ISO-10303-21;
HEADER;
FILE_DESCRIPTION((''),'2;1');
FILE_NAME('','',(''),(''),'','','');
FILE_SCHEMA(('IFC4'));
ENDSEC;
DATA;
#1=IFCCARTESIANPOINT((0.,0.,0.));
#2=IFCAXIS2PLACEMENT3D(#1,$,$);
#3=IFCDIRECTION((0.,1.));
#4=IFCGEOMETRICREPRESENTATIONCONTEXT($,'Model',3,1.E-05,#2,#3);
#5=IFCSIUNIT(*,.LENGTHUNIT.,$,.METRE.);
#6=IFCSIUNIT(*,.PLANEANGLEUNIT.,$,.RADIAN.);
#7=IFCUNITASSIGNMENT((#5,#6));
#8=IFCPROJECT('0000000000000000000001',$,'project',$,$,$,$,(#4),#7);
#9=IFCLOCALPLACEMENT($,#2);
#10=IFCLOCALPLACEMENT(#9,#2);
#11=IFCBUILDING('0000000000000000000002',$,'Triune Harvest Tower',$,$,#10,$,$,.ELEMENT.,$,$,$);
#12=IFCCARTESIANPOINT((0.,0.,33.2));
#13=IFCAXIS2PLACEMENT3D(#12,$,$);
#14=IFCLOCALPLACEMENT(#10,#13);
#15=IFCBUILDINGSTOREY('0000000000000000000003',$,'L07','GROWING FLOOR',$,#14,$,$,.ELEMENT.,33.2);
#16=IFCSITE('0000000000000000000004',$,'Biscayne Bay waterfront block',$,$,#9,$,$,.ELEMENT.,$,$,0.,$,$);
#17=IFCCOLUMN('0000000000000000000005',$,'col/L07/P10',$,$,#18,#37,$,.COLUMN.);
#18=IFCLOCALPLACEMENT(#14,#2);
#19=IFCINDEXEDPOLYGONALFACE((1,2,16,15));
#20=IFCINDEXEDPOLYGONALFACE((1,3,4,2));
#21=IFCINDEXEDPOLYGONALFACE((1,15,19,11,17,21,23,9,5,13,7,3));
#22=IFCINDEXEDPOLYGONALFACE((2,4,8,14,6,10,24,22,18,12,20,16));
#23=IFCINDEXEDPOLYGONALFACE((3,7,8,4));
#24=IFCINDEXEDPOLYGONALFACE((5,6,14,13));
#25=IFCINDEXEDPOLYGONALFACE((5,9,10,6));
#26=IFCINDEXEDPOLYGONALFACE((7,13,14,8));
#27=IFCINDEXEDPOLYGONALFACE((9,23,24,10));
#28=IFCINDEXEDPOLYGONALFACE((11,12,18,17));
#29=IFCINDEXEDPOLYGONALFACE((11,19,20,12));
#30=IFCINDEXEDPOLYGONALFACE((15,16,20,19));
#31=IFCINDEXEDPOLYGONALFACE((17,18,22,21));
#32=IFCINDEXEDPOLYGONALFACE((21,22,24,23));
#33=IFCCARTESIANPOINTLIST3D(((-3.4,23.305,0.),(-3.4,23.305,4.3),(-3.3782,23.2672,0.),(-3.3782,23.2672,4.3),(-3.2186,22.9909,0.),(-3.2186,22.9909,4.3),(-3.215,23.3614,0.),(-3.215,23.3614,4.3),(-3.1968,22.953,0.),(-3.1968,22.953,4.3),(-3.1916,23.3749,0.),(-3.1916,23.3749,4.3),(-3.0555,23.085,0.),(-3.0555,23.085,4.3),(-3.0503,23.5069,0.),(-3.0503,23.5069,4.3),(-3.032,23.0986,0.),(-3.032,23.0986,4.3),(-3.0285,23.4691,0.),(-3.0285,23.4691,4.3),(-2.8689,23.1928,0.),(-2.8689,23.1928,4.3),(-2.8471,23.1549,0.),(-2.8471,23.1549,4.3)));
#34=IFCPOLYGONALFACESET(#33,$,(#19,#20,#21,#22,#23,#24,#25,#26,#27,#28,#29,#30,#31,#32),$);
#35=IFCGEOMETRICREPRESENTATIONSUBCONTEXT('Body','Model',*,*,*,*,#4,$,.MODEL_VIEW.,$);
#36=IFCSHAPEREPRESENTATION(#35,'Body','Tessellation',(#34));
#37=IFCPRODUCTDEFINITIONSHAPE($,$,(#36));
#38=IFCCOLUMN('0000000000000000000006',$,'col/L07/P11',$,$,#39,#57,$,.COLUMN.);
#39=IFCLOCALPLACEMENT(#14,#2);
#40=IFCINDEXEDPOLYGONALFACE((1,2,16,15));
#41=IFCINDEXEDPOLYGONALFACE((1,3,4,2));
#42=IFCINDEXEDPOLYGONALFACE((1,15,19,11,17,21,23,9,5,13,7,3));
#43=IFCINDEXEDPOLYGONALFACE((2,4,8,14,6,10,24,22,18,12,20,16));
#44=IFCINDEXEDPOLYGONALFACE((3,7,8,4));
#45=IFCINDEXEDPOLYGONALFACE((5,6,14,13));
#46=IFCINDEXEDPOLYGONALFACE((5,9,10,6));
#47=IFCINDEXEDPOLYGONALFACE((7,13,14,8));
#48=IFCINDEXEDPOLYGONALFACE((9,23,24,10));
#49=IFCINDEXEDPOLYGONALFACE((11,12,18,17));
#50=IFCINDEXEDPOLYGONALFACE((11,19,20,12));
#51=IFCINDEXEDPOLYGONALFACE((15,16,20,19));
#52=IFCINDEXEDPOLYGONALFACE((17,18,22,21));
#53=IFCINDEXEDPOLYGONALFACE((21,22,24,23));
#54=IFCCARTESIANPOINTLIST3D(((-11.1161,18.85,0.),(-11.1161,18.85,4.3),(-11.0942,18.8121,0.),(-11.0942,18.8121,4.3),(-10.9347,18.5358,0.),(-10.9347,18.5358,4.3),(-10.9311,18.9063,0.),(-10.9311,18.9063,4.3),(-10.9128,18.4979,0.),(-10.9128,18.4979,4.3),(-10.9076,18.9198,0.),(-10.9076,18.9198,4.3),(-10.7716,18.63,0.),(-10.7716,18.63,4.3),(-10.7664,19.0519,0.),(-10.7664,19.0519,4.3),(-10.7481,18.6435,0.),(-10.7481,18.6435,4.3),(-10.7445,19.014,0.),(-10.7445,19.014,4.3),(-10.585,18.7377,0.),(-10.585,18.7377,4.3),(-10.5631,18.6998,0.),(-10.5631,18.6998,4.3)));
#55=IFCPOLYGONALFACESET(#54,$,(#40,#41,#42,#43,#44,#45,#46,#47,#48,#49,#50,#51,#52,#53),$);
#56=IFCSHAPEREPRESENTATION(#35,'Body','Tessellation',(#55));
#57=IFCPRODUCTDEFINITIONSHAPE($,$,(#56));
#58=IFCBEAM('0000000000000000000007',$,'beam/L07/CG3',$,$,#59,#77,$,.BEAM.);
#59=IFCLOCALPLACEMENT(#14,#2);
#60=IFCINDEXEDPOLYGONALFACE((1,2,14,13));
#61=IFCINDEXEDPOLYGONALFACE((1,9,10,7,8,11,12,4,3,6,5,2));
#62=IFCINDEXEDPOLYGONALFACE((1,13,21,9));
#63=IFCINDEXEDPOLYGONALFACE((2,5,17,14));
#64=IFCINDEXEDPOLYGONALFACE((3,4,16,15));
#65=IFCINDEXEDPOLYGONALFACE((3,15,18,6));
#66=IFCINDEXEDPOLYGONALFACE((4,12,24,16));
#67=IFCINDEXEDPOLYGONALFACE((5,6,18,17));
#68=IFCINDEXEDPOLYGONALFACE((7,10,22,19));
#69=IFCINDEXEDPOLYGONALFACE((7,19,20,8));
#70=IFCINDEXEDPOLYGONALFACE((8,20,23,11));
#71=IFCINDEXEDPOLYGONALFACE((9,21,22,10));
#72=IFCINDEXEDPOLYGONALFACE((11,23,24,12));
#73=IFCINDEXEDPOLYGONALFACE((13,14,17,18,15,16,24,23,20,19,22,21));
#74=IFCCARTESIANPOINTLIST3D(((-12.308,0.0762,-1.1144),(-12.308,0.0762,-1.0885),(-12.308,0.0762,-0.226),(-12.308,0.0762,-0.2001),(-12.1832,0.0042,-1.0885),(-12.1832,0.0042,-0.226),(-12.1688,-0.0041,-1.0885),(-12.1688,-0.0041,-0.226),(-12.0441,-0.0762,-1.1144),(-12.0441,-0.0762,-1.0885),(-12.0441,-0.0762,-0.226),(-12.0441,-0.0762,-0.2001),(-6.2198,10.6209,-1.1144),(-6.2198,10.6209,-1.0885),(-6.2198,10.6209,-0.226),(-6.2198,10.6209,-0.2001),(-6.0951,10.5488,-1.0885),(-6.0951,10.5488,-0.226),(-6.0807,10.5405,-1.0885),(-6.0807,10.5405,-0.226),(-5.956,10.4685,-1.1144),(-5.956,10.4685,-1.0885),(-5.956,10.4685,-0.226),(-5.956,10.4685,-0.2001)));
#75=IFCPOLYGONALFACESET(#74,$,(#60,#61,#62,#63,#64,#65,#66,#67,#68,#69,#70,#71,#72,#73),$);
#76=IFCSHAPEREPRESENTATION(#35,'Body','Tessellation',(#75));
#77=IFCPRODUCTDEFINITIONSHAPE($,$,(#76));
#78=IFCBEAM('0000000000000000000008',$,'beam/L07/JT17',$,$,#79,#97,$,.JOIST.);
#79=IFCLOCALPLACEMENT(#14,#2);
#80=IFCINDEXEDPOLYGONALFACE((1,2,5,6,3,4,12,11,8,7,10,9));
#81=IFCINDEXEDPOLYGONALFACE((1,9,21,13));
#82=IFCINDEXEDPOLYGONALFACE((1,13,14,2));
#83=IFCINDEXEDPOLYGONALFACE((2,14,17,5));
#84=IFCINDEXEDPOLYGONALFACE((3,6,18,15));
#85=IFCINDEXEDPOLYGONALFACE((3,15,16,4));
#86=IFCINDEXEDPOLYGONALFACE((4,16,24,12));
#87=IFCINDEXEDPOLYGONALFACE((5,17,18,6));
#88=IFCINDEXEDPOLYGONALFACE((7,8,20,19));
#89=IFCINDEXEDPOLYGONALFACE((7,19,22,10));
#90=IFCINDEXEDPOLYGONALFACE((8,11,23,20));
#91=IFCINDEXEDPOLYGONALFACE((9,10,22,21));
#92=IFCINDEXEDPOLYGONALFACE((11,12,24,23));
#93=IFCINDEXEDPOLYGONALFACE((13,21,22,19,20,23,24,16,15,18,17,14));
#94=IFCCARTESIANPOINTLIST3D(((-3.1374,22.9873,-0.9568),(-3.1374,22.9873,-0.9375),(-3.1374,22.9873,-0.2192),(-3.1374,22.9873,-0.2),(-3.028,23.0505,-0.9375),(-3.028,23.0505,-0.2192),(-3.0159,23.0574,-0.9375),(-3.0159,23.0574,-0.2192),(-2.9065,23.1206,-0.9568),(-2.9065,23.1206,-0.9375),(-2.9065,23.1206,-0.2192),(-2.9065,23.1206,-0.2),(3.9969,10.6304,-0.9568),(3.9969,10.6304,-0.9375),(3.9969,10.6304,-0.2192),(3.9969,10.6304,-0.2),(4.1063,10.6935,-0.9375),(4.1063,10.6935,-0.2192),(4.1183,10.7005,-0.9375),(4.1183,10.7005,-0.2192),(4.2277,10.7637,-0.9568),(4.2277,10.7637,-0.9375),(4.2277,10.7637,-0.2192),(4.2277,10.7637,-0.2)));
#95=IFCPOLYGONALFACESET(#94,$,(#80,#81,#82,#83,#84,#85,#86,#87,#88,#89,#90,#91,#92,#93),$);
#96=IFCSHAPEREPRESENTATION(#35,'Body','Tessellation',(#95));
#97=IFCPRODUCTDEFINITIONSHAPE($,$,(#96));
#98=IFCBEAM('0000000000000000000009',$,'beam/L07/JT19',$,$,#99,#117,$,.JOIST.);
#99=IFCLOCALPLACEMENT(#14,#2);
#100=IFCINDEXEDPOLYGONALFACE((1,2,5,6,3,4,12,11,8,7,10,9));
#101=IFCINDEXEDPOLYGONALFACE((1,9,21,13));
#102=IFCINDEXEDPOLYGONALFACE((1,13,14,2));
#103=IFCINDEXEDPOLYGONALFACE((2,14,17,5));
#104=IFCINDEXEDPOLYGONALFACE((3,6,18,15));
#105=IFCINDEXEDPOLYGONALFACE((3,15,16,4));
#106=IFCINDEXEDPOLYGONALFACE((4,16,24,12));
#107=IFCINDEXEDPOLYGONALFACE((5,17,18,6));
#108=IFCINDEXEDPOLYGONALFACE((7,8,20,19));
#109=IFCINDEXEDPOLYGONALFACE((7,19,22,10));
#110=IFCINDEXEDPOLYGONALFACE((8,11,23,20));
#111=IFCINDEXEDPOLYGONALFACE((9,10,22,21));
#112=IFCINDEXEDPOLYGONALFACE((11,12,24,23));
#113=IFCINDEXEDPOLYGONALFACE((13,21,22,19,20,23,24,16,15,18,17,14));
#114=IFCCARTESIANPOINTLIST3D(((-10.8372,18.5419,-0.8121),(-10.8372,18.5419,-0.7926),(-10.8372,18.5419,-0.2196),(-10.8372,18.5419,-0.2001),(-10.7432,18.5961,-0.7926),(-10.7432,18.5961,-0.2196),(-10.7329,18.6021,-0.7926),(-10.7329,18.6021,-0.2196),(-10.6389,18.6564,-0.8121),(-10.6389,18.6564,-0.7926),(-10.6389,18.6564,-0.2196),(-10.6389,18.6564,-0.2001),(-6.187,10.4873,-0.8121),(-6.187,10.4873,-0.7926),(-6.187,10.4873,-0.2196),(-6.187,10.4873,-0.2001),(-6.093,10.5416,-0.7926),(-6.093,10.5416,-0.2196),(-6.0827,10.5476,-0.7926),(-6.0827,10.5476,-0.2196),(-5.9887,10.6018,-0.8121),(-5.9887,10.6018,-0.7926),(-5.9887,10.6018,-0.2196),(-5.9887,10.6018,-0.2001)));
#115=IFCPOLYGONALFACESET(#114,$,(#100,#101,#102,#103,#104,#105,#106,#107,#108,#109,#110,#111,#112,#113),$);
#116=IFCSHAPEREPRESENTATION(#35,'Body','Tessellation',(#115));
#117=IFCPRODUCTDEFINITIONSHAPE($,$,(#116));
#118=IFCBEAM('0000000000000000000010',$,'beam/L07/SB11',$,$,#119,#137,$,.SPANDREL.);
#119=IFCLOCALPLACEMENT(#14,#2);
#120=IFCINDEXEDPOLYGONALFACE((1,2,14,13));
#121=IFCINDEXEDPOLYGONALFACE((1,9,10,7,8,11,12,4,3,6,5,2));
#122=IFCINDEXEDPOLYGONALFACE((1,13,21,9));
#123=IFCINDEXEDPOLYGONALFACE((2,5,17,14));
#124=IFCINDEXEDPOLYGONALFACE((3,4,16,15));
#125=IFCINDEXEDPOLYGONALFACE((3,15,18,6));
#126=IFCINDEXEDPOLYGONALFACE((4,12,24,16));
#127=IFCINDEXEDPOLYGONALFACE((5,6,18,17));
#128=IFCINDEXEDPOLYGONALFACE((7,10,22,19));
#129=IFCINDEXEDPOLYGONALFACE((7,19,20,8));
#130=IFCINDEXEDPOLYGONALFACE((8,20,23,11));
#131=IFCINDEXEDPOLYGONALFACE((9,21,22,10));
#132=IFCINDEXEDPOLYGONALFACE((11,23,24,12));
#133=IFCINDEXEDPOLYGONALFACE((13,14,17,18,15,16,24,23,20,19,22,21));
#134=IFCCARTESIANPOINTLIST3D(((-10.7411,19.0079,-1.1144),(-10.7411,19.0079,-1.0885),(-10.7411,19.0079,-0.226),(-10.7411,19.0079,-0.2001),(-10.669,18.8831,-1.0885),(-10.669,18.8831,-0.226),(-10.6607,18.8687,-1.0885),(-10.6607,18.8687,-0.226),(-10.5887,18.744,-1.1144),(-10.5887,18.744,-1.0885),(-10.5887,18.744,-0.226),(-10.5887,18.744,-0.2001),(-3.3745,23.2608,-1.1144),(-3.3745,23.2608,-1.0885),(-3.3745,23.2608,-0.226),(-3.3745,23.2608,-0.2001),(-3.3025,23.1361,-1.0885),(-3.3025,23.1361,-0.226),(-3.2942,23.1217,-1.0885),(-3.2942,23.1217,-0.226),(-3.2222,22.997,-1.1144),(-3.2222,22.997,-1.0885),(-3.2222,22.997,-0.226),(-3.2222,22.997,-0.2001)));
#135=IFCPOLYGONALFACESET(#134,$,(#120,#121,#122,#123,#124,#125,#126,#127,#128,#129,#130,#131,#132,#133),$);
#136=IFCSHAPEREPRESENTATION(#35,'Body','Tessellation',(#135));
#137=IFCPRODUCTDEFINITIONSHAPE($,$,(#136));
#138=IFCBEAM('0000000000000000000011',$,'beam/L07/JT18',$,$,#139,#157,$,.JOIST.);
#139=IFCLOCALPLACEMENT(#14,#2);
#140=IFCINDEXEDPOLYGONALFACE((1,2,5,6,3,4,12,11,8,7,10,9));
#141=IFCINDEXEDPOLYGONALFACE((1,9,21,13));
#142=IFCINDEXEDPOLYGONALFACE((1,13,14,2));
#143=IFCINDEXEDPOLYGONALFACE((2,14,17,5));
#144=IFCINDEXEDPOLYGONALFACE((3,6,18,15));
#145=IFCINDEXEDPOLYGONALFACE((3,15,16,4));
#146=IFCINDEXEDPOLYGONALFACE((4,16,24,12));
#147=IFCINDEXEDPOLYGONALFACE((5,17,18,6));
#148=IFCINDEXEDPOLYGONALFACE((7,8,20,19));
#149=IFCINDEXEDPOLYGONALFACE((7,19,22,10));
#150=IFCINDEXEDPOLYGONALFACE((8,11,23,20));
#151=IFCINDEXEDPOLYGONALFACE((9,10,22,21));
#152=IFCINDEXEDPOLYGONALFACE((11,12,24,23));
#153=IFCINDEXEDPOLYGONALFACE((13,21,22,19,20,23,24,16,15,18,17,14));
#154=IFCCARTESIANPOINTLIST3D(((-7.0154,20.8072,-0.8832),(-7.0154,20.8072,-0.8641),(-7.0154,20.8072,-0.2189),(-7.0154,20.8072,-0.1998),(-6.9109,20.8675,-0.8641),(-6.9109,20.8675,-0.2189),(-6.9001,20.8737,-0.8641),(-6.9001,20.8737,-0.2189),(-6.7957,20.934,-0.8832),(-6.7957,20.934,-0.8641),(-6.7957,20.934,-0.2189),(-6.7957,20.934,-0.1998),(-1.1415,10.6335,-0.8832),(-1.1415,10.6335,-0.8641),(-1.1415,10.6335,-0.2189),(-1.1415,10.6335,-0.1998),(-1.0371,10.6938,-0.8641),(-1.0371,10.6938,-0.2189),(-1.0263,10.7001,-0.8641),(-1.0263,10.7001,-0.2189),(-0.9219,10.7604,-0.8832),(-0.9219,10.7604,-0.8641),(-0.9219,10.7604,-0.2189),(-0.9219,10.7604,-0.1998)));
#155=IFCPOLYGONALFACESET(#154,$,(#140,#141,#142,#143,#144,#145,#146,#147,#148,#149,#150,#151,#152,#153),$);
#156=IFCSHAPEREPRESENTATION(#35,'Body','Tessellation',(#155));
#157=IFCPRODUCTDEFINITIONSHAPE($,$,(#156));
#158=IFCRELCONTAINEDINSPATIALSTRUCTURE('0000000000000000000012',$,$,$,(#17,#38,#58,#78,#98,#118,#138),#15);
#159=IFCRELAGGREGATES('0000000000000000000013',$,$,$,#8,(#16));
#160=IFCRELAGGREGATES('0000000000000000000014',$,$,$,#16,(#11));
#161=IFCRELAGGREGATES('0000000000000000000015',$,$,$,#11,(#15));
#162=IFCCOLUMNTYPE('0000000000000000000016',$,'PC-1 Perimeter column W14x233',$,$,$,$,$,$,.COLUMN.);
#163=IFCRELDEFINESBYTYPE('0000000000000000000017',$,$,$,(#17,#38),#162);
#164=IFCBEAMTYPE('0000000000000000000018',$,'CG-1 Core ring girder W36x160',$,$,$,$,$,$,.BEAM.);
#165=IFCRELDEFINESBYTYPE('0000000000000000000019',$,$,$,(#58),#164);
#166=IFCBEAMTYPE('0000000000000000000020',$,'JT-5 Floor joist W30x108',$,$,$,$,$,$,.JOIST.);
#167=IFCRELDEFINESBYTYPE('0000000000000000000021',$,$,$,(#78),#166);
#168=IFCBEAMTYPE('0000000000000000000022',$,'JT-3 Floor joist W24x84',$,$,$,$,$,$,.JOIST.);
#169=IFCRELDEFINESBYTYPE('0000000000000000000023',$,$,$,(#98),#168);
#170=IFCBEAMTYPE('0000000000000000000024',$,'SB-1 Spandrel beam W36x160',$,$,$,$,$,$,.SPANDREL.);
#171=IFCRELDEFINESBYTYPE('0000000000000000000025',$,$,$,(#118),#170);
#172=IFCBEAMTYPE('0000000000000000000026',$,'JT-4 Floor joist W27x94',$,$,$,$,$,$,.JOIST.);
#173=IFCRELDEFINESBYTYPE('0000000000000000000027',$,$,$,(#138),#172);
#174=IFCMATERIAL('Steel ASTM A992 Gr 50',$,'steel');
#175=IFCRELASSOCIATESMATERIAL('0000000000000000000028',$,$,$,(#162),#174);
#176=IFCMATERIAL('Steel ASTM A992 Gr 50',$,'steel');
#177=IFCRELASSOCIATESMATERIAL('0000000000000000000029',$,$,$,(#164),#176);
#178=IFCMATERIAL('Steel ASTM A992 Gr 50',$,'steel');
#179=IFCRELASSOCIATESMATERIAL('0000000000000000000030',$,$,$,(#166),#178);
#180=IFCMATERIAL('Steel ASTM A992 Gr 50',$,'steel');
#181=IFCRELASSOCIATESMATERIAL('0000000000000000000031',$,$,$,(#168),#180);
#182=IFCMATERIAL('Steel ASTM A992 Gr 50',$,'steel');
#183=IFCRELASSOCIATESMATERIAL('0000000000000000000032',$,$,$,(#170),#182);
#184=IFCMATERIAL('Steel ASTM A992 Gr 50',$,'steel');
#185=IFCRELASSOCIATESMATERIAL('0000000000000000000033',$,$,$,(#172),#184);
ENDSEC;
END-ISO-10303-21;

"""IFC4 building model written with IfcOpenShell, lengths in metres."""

from ifc_helpers import new_model, si_unit, direction, frame, origin, origin_2d, place, context, subcontext, project, spatial, i_section, extrude, source, transform, mapped, material, material_profile, profile_set, type_object, element, save


model = new_model("IFC4")

# Units and contexts
model_context = context("Model", 3, precision=1e-05, world=origin(), true_north=direction((0.0, 1.0)))
body_context = subcontext(model_context, "Body", "Model", "MODEL_VIEW")
ifc_project = project(units=[si_unit("LENGTHUNIT", "METRE"), si_unit("PLANEANGLEUNIT", "RADIAN")], contexts=[model_context])

# Site, building, storey
site_placement = place(None, origin())
site = spatial("IfcSite", under=ifc_project, at=site_placement, Name="Biscayne Bay waterfront block", CompositionType="ELEMENT", RefElevation=0.0)
building_placement = place(site_placement, origin())
building = spatial("IfcBuilding", under=site, at=building_placement, Name="Triune Harvest Tower", CompositionType="ELEMENT")
storey_placement = place(building_placement, frame((0.0, 0.0, 33.2)))
storey = spatial("IfcBuildingStorey", under=building, at=storey_placement, Name="L07", Description="GROWING FLOOR", CompositionType="ELEMENT", Elevation=33.2)

# Columns
ifc_material_1 = material(Name="Steel ASTM A992 Gr 50", Category="steel")
ifc_material_profile_1 = material_profile(ifc_material_1, i_section(OverallWidth=0.4038, OverallDepth=0.4065, WebThickness=0.0271, FlangeThickness=0.0437, at=origin_2d()), Name="W14x233")
ifc_profile_set_1 = profile_set([ifc_material_profile_1], Name="Steel ASTM A992 Gr 50")
column_type = type_object("IfcColumnType", Name="PC-1 Perimeter column W14x233", PredefinedType="COLUMN", material=ifc_profile_set_1)
shared_shape_1 = source(origin(), body_context, "Body", "SweptSolid", [
    extrude(i_section(OverallWidth=0.4038, OverallDepth=0.4065, WebThickness=0.0271, FlangeThickness=0.0437, at=origin_2d()), origin(), (0.0, 0.0, 1.0), 4.3),
])
for number, where, z_axis, x_axis, name in (
    (1, (-3.1235, 23.23, 0.0), (0.0, 0.0, 1.0), (-0.866025, -0.5, 0.0), "col/L07/P10"),
    (2, (-10.8396, 18.7749, 0.0), (0.0, 0.0, 1.0), (-0.866025, -0.5, 0.0), "col/L07/P11"),
):
    element("IfcColumn", number, at=place(storey_placement, frame(where, z_axis=z_axis, x_axis=x_axis)), inside=storey, type_object=column_type, Name=name, PredefinedType="COLUMN", context=body_context, shape_type="MappedRepresentation", body=[
        mapped(shared_shape_1, transform((0.0, 0.0, 0.0), scale=1.0)),
    ])

# Beams
ifc_material_2 = material(Name="Steel ASTM A992 Gr 50", Category="steel")
ifc_material_profile_2 = material_profile(ifc_material_2, i_section(OverallWidth=0.3047, OverallDepth=0.9143, WebThickness=0.0166, FlangeThickness=0.0259, at=origin_2d()), Name="W36x160")
ifc_profile_set_2 = profile_set([ifc_material_profile_2], Name="Steel ASTM A992 Gr 50")
beam_type_1 = type_object("IfcBeamType", Name="CG-1 Core ring girder W36x160", PredefinedType="BEAM", material=ifc_profile_set_2)
shared_shape_2 = source(origin(), body_context, "Body", "SweptSolid", [
    extrude(i_section(OverallWidth=0.3047, OverallDepth=0.9143, WebThickness=0.0166, FlangeThickness=0.0259, at=origin_2d()), origin(), (0.0, 0.0, 1.0), 12.176),
])
beam_1_placement = place(storey_placement, frame((-6.0879, 10.5447, -0.6572), z_axis=(-0.50001, -0.86602, 0.0), x_axis=(0.86602, -0.50001, 0.0)))
element("IfcBeam", 3, at=beam_1_placement, inside=storey, type_object=beam_type_1, Name="beam/L07/CG3", PredefinedType="BEAM", context=body_context, shape_type="MappedRepresentation", body=[
    mapped(shared_shape_2, transform((0.0, 0.0, 0.0), scale=1.0)),
])
ifc_material_3 = material(Name="Steel ASTM A992 Gr 50", Category="steel")
ifc_material_profile_3 = material_profile(ifc_material_3, i_section(OverallWidth=0.2666, OverallDepth=0.7568, WebThickness=0.0139, FlangeThickness=0.0193, at=origin_2d()), Name="W30x108")
ifc_profile_set_3 = profile_set([ifc_material_profile_3], Name="Steel ASTM A992 Gr 50")
beam_type_2 = type_object("IfcBeamType", Name="JT-5 Floor joist W30x108", PredefinedType="JOIST", material=ifc_profile_set_3)
shared_shape_3 = source(origin(), body_context, "Body", "SweptSolid", [
    extrude(i_section(OverallWidth=0.2666, OverallDepth=0.7568, WebThickness=0.0139, FlangeThickness=0.0193, at=origin_2d()), origin(), (0.0, 0.0, 1.0), 14.2686),
])
beam_2_placement = place(storey_placement, frame((-3.022, 23.054, -0.5784), z_axis=(0.5, -0.866025, 0.0), x_axis=(0.866025, 0.5, 0.0)))
element("IfcBeam", 4, at=beam_2_placement, inside=storey, type_object=beam_type_2, Name="beam/L07/JT17", PredefinedType="JOIST", context=body_context, shape_type="MappedRepresentation", body=[
    mapped(shared_shape_3, transform((0.0, 0.0, 0.0), scale=1.0)),
])
ifc_material_4 = material(Name="Steel ASTM A992 Gr 50", Category="steel")
ifc_material_profile_4 = material_profile(ifc_material_4, i_section(OverallWidth=0.229, OverallDepth=0.6121, WebThickness=0.012, FlangeThickness=0.0195, at=origin_2d()), Name="W24x84")
ifc_profile_set_4 = profile_set([ifc_material_profile_4], Name="Steel ASTM A992 Gr 50")
beam_type_3 = type_object("IfcBeamType", Name="JT-3 Floor joist W24x84", PredefinedType="JOIST", material=ifc_profile_set_4)
shared_shape_4 = source(origin(), body_context, "Body", "SweptSolid", [
    extrude(i_section(OverallWidth=0.229, OverallDepth=0.6121, WebThickness=0.012, FlangeThickness=0.0195, at=origin_2d()), origin(), (0.0, 0.0, 1.0), 9.3005),
])
beam_3_placement = place(storey_placement, frame((-10.738, 18.5991, -0.5061), z_axis=(0.499993, -0.86603, 0.0), x_axis=(0.86603, 0.499993, 0.0)))
element("IfcBeam", 5, at=beam_3_placement, inside=storey, type_object=beam_type_3, Name="beam/L07/JT19", PredefinedType="JOIST", context=body_context, shape_type="MappedRepresentation", body=[
    mapped(shared_shape_4, transform((0.0, 0.0, 0.0), scale=1.0)),
])
ifc_material_5 = material(Name="Steel ASTM A992 Gr 50", Category="steel")
ifc_material_profile_5 = material_profile(ifc_material_5, i_section(OverallWidth=0.3047, OverallDepth=0.9143, WebThickness=0.0166, FlangeThickness=0.0259, at=origin_2d()), Name="W36x160")
ifc_profile_set_5 = profile_set([ifc_material_profile_5], Name="Steel ASTM A992 Gr 50")
beam_type_4 = type_object("IfcBeamType", Name="SB-1 Spandrel beam W36x160", PredefinedType="SPANDREL", material=ifc_profile_set_5)
shared_shape_5 = source(origin(), body_context, "Body", "SweptSolid", [
    extrude(i_section(OverallWidth=0.3047, OverallDepth=0.9143, WebThickness=0.0166, FlangeThickness=0.0259, at=origin_2d()), origin(), (0.0, 0.0, 1.0), 8.5061),
])
beam_4_placement = place(storey_placement, frame((-3.2983, 23.1289, -0.6572), z_axis=(-0.86603, -0.499992, 0.0), x_axis=(0.499992, -0.86603, 0.0)))
element("IfcBeam", 6, at=beam_4_placement, inside=storey, type_object=beam_type_4, Name="beam/L07/SB11", PredefinedType="SPANDREL", context=body_context, shape_type="MappedRepresentation", body=[
    mapped(shared_shape_5, transform((0.0, 0.0, 0.0), scale=1.0)),
])
ifc_material_6 = material(Name="Steel ASTM A992 Gr 50", Category="steel")
ifc_material_profile_6 = material_profile(ifc_material_6, i_section(OverallWidth=0.2537, OverallDepth=0.6833, WebThickness=0.0125, FlangeThickness=0.019, at=origin_2d()), Name="W27x94")
ifc_profile_set_6 = profile_set([ifc_material_profile_6], Name="Steel ASTM A992 Gr 50")
beam_type_5 = type_object("IfcBeamType", Name="JT-4 Floor joist W27x94", PredefinedType="JOIST", material=ifc_profile_set_6)
shared_shape_6 = source(origin(), body_context, "Body", "SweptSolid", [
    extrude(i_section(OverallWidth=0.2537, OverallDepth=0.6833, WebThickness=0.0125, FlangeThickness=0.019, at=origin_2d()), origin(), (0.0, 0.0, 1.0), 11.7476),
])
beam_5_placement = place(storey_placement, frame((-6.9055, 20.8706, -0.5415), z_axis=(0.500004, -0.866023, 0.0), x_axis=(0.866023, 0.500004, 0.0)))
element("IfcBeam", 7, at=beam_5_placement, inside=storey, type_object=beam_type_5, Name="beam/L07/JT18", PredefinedType="JOIST", context=body_context, shape_type="MappedRepresentation", body=[
    mapped(shared_shape_6, transform((0.0, 0.0, 0.0), scale=1.0)),
])

save(model, "model.ifc")
